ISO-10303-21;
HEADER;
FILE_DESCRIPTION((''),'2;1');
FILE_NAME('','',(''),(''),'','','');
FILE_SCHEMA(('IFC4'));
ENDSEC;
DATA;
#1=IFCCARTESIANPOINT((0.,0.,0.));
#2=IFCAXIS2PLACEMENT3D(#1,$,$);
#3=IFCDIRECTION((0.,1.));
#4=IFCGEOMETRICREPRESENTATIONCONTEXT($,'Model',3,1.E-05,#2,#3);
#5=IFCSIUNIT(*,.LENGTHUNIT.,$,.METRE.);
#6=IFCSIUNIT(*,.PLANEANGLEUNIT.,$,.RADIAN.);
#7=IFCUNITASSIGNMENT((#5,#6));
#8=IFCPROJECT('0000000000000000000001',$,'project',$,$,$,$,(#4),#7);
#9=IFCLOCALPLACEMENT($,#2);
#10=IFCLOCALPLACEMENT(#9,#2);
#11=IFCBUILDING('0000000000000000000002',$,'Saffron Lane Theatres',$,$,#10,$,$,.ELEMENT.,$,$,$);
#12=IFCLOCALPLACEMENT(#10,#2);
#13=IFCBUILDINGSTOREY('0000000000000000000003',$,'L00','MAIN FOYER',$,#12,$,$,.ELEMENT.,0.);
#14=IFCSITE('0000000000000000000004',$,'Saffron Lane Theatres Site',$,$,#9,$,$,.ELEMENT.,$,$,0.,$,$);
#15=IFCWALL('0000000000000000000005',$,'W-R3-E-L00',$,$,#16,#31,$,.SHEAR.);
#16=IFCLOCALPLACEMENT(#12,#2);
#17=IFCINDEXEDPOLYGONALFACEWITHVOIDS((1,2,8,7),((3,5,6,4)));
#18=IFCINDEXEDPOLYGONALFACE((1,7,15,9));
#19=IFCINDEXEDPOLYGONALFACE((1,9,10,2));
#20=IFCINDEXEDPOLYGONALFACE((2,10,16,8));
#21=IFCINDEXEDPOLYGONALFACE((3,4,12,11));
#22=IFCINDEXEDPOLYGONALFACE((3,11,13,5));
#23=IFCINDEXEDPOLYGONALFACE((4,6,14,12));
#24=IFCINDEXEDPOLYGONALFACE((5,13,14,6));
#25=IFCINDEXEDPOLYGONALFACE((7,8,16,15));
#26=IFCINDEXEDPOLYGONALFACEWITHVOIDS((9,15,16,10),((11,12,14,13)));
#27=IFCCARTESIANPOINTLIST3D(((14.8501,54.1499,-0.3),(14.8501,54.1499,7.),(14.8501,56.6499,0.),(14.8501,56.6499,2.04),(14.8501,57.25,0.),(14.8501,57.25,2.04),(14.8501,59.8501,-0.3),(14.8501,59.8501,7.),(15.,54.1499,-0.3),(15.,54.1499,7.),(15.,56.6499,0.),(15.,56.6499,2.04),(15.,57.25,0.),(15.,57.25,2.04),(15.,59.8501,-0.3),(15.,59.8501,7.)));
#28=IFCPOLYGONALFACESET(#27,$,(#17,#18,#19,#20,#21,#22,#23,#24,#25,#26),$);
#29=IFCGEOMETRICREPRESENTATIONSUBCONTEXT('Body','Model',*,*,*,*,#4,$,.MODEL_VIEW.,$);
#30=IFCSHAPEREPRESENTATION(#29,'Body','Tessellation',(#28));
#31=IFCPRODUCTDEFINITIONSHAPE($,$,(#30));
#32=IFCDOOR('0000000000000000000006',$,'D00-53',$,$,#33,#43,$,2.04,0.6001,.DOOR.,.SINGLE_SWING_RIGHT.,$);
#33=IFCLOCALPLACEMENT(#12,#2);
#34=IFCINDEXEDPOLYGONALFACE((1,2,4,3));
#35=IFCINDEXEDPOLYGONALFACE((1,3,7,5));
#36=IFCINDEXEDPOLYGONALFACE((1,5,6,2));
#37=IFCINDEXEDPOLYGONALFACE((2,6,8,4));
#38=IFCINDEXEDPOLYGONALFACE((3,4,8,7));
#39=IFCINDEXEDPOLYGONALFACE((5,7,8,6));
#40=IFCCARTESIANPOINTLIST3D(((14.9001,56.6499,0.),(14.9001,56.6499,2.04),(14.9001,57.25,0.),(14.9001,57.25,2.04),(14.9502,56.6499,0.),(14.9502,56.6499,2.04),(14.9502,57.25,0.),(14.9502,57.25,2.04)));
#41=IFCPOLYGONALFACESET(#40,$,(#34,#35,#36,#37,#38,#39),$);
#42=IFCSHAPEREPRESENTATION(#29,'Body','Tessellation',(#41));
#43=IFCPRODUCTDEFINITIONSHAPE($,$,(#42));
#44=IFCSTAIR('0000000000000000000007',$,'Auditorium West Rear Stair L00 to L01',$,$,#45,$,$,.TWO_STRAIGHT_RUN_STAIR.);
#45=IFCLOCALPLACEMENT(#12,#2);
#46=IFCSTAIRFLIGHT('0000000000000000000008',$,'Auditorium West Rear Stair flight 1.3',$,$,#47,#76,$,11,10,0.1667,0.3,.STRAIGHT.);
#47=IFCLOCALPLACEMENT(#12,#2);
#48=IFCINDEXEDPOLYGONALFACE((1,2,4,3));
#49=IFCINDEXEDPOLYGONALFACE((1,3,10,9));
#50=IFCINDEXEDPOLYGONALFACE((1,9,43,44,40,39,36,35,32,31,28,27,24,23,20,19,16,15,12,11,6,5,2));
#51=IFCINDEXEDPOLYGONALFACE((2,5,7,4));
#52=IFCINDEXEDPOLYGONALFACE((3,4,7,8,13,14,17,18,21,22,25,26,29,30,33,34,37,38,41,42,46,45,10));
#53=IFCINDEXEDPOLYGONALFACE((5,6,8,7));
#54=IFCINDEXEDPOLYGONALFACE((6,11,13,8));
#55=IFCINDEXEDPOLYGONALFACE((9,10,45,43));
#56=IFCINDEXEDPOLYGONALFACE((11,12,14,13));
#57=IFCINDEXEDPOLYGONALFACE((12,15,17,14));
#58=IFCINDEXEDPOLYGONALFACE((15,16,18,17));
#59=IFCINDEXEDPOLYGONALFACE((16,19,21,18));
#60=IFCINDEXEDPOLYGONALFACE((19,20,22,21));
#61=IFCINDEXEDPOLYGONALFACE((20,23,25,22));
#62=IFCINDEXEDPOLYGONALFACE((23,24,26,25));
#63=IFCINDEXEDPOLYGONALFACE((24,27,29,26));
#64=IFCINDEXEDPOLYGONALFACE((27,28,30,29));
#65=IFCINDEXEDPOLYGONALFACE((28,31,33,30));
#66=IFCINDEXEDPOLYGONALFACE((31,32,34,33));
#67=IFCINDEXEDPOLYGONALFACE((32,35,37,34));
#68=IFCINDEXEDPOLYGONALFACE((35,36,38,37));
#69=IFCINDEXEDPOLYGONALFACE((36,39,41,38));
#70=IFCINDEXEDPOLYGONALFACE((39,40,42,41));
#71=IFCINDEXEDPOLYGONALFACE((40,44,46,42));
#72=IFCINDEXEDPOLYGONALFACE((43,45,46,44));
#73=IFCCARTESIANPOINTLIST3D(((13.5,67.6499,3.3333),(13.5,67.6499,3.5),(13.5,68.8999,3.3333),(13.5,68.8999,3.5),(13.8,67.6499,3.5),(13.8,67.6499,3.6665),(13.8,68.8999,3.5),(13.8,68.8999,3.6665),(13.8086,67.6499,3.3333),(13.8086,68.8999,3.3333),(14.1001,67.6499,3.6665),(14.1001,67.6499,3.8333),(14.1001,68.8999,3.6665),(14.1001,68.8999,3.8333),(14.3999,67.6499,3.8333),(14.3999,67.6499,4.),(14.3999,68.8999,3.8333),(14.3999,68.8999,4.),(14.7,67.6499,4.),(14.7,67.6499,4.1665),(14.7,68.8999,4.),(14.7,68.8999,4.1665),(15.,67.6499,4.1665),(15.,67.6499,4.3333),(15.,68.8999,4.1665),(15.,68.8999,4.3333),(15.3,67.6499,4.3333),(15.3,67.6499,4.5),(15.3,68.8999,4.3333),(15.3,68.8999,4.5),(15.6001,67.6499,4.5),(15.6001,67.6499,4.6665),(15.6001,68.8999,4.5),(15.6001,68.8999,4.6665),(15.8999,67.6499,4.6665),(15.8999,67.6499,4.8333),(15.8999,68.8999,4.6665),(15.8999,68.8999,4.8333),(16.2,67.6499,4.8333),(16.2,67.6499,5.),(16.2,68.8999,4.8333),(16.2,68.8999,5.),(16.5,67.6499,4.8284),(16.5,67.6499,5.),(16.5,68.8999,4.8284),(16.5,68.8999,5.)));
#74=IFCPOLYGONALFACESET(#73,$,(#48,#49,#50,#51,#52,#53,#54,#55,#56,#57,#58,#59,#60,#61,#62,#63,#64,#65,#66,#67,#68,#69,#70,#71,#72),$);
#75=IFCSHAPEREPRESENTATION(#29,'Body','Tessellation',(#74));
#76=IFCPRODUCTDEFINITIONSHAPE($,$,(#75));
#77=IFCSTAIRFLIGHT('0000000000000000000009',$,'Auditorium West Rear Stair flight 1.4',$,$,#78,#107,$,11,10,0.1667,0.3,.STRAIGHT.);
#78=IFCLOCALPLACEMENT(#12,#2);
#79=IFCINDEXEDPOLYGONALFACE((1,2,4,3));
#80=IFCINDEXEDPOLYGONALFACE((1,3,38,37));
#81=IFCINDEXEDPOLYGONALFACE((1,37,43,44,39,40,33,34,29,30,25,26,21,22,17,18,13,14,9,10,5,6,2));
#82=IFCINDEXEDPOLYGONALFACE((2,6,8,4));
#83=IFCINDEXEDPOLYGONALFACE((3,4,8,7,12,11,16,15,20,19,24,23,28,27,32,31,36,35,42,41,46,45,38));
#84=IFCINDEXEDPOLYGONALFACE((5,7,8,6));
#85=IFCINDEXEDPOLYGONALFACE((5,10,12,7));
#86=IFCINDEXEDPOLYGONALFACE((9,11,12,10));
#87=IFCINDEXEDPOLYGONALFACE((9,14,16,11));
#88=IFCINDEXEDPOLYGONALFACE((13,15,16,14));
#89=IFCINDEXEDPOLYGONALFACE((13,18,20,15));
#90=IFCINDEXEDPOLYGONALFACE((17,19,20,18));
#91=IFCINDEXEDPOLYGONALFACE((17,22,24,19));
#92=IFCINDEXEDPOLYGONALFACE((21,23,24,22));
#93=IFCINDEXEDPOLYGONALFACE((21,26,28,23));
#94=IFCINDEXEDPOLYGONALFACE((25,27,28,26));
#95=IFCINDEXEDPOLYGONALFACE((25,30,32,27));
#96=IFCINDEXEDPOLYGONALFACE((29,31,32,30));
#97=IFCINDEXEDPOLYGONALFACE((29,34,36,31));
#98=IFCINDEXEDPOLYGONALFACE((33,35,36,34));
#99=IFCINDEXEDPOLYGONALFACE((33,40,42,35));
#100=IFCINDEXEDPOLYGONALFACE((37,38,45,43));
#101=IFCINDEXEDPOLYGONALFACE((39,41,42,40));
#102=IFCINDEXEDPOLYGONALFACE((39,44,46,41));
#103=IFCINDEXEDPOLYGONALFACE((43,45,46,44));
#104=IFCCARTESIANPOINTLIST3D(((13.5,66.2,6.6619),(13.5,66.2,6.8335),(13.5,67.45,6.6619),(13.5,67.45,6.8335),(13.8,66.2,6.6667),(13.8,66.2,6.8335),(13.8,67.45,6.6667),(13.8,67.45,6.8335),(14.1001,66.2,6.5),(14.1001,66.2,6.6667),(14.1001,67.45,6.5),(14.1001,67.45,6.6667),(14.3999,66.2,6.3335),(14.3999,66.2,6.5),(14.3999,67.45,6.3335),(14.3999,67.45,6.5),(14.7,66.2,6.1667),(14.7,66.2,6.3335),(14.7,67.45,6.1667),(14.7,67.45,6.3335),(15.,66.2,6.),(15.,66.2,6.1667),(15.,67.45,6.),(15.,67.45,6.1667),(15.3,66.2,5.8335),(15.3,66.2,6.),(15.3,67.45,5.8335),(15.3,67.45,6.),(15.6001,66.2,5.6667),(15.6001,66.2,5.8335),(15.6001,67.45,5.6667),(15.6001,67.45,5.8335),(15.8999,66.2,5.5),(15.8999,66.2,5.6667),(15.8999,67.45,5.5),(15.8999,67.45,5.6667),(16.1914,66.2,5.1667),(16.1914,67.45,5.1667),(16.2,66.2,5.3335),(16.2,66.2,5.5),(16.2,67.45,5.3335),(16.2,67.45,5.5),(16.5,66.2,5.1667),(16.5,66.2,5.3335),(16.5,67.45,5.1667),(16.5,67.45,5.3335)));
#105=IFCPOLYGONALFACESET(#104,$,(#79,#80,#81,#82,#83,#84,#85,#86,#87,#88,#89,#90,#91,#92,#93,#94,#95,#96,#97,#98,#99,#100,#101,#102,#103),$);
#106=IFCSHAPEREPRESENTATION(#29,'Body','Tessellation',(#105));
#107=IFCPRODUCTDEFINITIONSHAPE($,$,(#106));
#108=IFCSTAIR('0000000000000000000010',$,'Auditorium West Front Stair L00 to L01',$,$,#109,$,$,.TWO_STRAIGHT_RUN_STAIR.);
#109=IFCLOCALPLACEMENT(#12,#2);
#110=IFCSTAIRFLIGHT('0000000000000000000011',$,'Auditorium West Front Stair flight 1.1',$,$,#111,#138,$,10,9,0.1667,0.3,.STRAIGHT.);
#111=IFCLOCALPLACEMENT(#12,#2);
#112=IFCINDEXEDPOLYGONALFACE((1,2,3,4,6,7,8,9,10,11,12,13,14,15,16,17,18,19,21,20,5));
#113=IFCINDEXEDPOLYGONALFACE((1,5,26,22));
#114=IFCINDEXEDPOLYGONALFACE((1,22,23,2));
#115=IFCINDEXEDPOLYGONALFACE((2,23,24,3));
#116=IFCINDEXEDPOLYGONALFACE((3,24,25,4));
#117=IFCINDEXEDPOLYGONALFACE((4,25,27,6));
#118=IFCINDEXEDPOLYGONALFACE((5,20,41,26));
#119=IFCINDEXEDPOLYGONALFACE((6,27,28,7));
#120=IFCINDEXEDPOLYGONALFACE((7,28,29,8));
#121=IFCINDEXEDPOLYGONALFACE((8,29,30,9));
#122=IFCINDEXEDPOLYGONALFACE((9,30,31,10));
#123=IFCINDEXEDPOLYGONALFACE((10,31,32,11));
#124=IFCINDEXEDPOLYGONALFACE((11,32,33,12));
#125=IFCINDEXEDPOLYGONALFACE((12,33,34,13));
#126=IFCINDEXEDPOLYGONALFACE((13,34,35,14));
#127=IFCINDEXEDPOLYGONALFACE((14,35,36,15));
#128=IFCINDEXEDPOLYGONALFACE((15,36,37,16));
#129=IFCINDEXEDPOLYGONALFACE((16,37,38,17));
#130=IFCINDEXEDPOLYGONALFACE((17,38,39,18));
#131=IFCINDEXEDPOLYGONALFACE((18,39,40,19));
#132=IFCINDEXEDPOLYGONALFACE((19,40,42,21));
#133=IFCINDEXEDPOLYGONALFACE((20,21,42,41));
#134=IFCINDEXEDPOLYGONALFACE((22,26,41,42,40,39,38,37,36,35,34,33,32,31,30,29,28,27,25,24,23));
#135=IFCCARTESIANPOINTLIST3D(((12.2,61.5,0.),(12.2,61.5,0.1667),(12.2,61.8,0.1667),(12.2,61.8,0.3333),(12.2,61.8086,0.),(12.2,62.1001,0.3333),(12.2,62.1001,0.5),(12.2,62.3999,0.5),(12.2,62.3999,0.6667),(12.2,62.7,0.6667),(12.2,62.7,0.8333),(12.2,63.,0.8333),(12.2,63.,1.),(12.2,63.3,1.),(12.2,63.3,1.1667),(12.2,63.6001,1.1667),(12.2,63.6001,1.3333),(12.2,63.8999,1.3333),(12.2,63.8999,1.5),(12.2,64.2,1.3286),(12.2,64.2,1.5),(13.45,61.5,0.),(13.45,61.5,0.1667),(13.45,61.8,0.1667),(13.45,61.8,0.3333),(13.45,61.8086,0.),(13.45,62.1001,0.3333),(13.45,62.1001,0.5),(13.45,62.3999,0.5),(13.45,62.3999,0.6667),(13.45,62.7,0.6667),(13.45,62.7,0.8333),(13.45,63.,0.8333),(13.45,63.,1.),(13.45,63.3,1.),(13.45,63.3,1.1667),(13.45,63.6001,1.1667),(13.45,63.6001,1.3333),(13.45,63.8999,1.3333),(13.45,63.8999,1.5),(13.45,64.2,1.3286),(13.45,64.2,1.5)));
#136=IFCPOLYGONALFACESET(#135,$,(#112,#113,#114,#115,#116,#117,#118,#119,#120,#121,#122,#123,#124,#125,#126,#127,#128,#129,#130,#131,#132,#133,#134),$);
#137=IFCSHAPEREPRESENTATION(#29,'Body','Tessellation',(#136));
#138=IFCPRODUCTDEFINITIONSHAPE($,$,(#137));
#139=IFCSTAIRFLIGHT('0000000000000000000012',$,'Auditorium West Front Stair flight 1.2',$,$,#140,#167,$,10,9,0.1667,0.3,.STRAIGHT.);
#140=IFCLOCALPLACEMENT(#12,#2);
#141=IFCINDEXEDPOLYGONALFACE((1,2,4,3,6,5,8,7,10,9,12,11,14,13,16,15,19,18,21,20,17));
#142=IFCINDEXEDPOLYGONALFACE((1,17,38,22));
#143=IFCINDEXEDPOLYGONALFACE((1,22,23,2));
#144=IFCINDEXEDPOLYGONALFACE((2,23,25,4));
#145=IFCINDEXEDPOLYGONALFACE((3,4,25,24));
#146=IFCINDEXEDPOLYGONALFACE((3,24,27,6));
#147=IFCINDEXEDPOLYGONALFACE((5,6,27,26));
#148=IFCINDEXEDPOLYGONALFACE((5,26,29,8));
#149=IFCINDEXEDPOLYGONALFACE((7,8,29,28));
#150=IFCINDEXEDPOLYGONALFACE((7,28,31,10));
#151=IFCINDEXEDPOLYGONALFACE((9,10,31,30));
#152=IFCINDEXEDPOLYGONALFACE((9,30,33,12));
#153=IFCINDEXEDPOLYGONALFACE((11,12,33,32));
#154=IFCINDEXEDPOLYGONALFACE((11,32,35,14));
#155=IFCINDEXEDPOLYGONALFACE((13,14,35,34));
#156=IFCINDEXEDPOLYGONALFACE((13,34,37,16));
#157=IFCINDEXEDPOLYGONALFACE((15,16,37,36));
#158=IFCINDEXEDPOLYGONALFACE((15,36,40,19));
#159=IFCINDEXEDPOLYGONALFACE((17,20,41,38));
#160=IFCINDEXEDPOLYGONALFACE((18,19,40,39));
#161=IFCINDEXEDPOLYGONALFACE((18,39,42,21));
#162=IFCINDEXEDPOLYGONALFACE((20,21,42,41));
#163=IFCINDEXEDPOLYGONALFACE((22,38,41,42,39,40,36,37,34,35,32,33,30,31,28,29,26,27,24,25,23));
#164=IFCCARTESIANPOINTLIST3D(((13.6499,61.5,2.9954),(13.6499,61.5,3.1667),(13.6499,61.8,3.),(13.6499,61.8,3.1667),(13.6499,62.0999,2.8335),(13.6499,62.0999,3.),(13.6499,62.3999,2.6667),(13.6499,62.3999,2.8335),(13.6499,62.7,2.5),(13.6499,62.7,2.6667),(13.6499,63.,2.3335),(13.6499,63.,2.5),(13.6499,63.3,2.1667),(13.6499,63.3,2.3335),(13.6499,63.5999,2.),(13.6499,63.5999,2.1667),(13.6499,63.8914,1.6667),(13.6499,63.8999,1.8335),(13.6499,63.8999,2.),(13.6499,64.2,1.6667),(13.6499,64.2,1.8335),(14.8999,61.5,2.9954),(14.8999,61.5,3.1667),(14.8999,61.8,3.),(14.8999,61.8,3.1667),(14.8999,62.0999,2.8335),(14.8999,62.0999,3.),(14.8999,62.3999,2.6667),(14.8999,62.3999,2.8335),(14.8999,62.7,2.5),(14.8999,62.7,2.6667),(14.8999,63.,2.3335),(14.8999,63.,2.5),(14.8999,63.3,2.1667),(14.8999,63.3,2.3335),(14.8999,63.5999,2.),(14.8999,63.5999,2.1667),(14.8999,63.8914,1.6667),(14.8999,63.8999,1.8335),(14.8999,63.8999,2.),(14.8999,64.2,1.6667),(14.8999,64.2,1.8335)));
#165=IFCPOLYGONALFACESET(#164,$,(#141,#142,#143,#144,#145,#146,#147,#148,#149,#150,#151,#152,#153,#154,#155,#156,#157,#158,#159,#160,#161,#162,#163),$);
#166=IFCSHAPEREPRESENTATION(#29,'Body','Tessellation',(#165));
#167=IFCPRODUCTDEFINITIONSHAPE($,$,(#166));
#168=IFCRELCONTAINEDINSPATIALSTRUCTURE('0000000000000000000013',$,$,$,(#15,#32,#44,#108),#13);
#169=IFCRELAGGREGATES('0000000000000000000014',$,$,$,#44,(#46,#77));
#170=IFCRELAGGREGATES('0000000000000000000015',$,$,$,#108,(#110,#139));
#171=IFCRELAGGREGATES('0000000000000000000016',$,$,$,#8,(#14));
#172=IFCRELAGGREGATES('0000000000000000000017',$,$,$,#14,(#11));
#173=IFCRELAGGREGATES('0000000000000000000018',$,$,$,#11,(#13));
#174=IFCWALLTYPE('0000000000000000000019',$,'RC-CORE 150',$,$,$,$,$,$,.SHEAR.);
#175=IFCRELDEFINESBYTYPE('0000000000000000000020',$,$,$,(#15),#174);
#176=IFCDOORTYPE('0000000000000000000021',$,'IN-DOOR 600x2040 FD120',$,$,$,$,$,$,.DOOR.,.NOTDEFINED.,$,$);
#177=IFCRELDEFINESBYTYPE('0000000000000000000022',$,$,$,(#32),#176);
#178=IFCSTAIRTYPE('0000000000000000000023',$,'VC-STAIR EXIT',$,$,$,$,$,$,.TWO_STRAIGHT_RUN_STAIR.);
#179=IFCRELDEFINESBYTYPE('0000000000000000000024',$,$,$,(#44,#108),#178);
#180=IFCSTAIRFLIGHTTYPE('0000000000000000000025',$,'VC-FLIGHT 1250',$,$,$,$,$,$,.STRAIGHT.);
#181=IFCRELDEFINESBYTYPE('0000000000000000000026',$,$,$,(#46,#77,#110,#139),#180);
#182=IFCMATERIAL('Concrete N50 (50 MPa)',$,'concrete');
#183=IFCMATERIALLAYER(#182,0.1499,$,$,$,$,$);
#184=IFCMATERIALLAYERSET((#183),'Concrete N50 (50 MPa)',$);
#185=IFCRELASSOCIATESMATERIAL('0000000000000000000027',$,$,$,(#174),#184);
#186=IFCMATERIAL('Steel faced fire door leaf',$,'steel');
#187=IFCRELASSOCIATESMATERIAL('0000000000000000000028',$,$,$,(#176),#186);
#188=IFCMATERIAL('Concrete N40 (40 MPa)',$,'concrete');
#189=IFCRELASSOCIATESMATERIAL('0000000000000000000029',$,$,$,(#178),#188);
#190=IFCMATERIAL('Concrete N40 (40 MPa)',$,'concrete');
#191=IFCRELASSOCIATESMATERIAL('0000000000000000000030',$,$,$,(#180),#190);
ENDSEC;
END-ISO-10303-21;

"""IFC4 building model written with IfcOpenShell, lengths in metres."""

from ifc_helpers import new_model, si_unit, direction, frame, frame_2d, origin, place, context, subcontext, project, spatial, polyline, rectangle, outline, extrude, material, layer, layer_set, type_object, element, fill, aggregate, save


model = new_model("IFC4")

# Units and contexts
model_context = context("Model", 3, precision=1e-05, world=origin(), true_north=direction((0.0, 1.0)))
body_context = subcontext(model_context, "Body", "Model", "MODEL_VIEW")
ifc_project = project(units=[si_unit("LENGTHUNIT", "METRE"), si_unit("PLANEANGLEUNIT", "RADIAN")], contexts=[model_context])

# Site, building, storey
site_placement = place(None, origin())
site = spatial("IfcSite", under=ifc_project, at=site_placement, Name="Saffron Lane Theatres Site", CompositionType="ELEMENT", RefElevation=0.0)
building_placement = place(site_placement, origin())
building = spatial("IfcBuilding", under=site, at=building_placement, Name="Saffron Lane Theatres", CompositionType="ELEMENT")
storey_placement = place(building_placement, origin())
storey = spatial("IfcBuildingStorey", under=building, at=storey_placement, Name="L00", Description="MAIN FOYER", CompositionType="ELEMENT", Elevation=0.0)

# Wall, opening, door
ifc_material_1 = material(Name="Concrete N50 (50 MPa)", Category="concrete")
ifc_layer = layer(ifc_material_1, 0.1499)
ifc_layer_set = layer_set([ifc_layer], Name="Concrete N50 (50 MPa)")
wall_type = type_object("IfcWallType", Name="RC-CORE 150", PredefinedType="SHEAR", material=ifc_layer_set)
wall_placement = place(storey_placement, frame((14.925, 54.1499, -0.3), z_axis=(0.0, 0.0, 1.0), x_axis=(0.0, 1.0, 0.0)))
wall = element("IfcWall", 1, at=wall_placement, inside=storey, type_object=wall_type, Name="W-R3-E-L00", PredefinedType="SHEAR", context=body_context, shape_type="SweptSolid", body=[
    extrude(rectangle(XDim=5.7002, YDim=0.1499, at=frame_2d((2.8501, 0.0))), origin(), (0.0, 0.0, 1.0), 7.3),
])
opening_placement = place(wall_placement, frame((2.5, 0.0, 0.3)))
opening = element("IfcOpeningElement", 2, at=opening_placement, cuts=wall, PredefinedType="OPENING", context=body_context, shape_type="SweptSolid", body=[
    extrude(rectangle(XDim=0.6001, YDim=2.04, at=frame_2d((0.3, 1.02))), frame((0.0, 0.085, 0.0), z_axis=(0.0, -1.0, 0.0), x_axis=(1.0, 0.0, 0.0)), (0.0, 0.0, 1.0), 0.1699),
])
ifc_material_2 = material(Name="Steel faced fire door leaf", Category="steel")
door_type = type_object("IfcDoorType", Name="IN-DOOR 600x2040 FD120", OperationType="NOTDEFINED", PredefinedType="DOOR", material=ifc_material_2)
door_placement = place(opening_placement, origin())
door = element("IfcDoor", 3, at=door_placement, inside=storey, type_object=door_type, Name="D00-53", OperationType="SINGLE_SWING_RIGHT", OverallHeight=2.04, OverallWidth=0.6001, PredefinedType="DOOR", context=body_context, shape_type="SweptSolid", body=[
    extrude(rectangle(XDim=0.6001, YDim=2.04, at=frame_2d((0.3, 1.02))), frame((0.0, 0.0249, 0.0), z_axis=(0.0, -1.0, 0.0), x_axis=(1.0, 0.0, 0.0)), (0.0, 0.0, 1.0), 0.05),
])
fill(opening, door)

# Stairs, stair flights
ifc_material_3 = material(Name="Concrete N40 (40 MPa)", Category="concrete")
stair_type = type_object("IfcStairType", Name="VC-STAIR EXIT", PredefinedType="TWO_STRAIGHT_RUN_STAIR", material=ifc_material_3)
stair_1_placement = place(storey_placement, origin())
stair_1 = element("IfcStair", 4, at=stair_1_placement, inside=storey, type_object=stair_type, Name="Auditorium West Rear Stair L00 to L01", PredefinedType="TWO_STRAIGHT_RUN_STAIR")
ifc_material_4 = material(Name="Concrete N40 (40 MPa)", Category="concrete")
stair_flight_type = type_object("IfcStairFlightType", Name="VC-FLIGHT 1250", PredefinedType="STRAIGHT", material=ifc_material_4)
stair_flight_1_placement = place(storey_placement, frame((13.5, 68.2749, 3.3333), z_axis=(0.0, 0.0, 1.0), x_axis=(1.0, 0.0, 0.0)))
stair_flight_1 = element("IfcStairFlight", 5, at=stair_flight_1_placement, type_object=stair_flight_type, Name="Auditorium West Rear Stair flight 1.3", NumberOfRisers=11, NumberOfTreads=10, PredefinedType="STRAIGHT", RiserHeight=0.1667, TreadLength=0.3, context=body_context, shape_type="SweptSolid", body=[
    extrude(outline(polyline([(0.0, 0.0), (0.0, 0.1667), (0.3, 0.1667), (0.3, 0.3333), (0.6001, 0.3333), (0.6001, 0.5), (0.8999, 0.5), (0.8999, 0.6667), (1.2, 0.6667), (1.2, 0.8333), (1.5, 0.8333), (1.5, 1.0), (1.8, 1.0), (1.8, 1.1667), (2.1001, 1.1667), (2.1001, 1.3333), (2.3999, 1.3333), (2.3999, 1.5), (2.7, 1.5), (2.7, 1.6667), (3.0, 1.6667), (3.0, 1.8333), (3.0, 1.4951), (0.3086, 0.0), (0.0, 0.0)])), frame((0.0, 0.625, 0.0), z_axis=(0.0, -1.0, 0.0), x_axis=(1.0, 0.0, 0.0)), (0.0, 0.0, 1.0), 1.25),
])
stair_flight_2_placement = place(storey_placement, frame((16.5, 66.825, 5.1667), z_axis=(0.0, 0.0, 1.0), x_axis=(-1.0, 0.0, 0.0)))
stair_flight_2 = element("IfcStairFlight", 6, at=stair_flight_2_placement, type_object=stair_flight_type, Name="Auditorium West Rear Stair flight 1.4", NumberOfRisers=11, NumberOfTreads=10, PredefinedType="STRAIGHT", RiserHeight=0.1667, TreadLength=0.3, context=body_context, shape_type="SweptSolid", body=[
    extrude(outline(polyline([(0.0, 0.0), (0.0, 0.1667), (0.3, 0.1667), (0.3, 0.3333), (0.6001, 0.3333), (0.6001, 0.5), (0.8999, 0.5), (0.8999, 0.6667), (1.2, 0.6667), (1.2, 0.8333), (1.5, 0.8333), (1.5, 1.0), (1.8, 1.0), (1.8, 1.1667), (2.1001, 1.1667), (2.1001, 1.3333), (2.3999, 1.3333), (2.3999, 1.5), (2.7, 1.5), (2.7, 1.6667), (3.0, 1.6667), (3.0, 1.8333), (3.0, 1.4951), (0.3086, 0.0), (0.0, 0.0)])), frame((0.0, 0.625, 0.0), z_axis=(0.0, -1.0, 0.0), x_axis=(1.0, 0.0, 0.0)), (0.0, 0.0, 1.0), 1.25),
])
aggregate(stair_1, [stair_flight_1, stair_flight_2])
stair_2_placement = place(storey_placement, origin())
stair_2 = element("IfcStair", 7, at=stair_2_placement, inside=storey, type_object=stair_type, Name="Auditorium West Front Stair L00 to L01", PredefinedType="TWO_STRAIGHT_RUN_STAIR")
stair_flight_3_placement = place(storey_placement, frame((12.825, 61.5, 0.0), z_axis=(0.0, 0.0, 1.0), x_axis=(0.0, 1.0, 0.0)))
stair_flight_3 = element("IfcStairFlight", 8, at=stair_flight_3_placement, type_object=stair_flight_type, Name="Auditorium West Front Stair flight 1.1", NumberOfRisers=10, NumberOfTreads=9, PredefinedType="STRAIGHT", RiserHeight=0.1667, TreadLength=0.3, context=body_context, shape_type="SweptSolid", body=[
    extrude(outline(polyline([(0.0, 0.0), (0.0, 0.1667), (0.3, 0.1667), (0.3, 0.3333), (0.6001, 0.3333), (0.6001, 0.5), (0.8999, 0.5), (0.8999, 0.6667), (1.2, 0.6667), (1.2, 0.8333), (1.5, 0.8333), (1.5, 1.0), (1.8, 1.0), (1.8, 1.1667), (2.1001, 1.1667), (2.1001, 1.3333), (2.3999, 1.3333), (2.3999, 1.5), (2.7, 1.5), (2.7, 1.6667), (2.7, 1.3286), (0.3086, 0.0), (0.0, 0.0)])), frame((0.0, 0.625, 0.0), z_axis=(0.0, -1.0, 0.0), x_axis=(1.0, 0.0, 0.0)), (0.0, 0.0, 1.0), 1.25),
])
stair_flight_4_placement = place(storey_placement, frame((14.2749, 64.2, 1.6667), z_axis=(0.0, 0.0, 1.0), x_axis=(0.0, -1.0, 0.0)))
stair_flight_4 = element("IfcStairFlight", 9, at=stair_flight_4_placement, type_object=stair_flight_type, Name="Auditorium West Front Stair flight 1.2", NumberOfRisers=10, NumberOfTreads=9, PredefinedType="STRAIGHT", RiserHeight=0.1667, TreadLength=0.3, context=body_context, shape_type="SweptSolid", body=[
    extrude(outline(polyline([(0.0, 0.0), (0.0, 0.1667), (0.3, 0.1667), (0.3, 0.3333), (0.6001, 0.3333), (0.6001, 0.5), (0.8999, 0.5), (0.8999, 0.6667), (1.2, 0.6667), (1.2, 0.8333), (1.5, 0.8333), (1.5, 1.0), (1.8, 1.0), (1.8, 1.1667), (2.1001, 1.1667), (2.1001, 1.3333), (2.3999, 1.3333), (2.3999, 1.5), (2.7, 1.5), (2.7, 1.6667), (2.7, 1.3286), (0.3086, 0.0), (0.0, 0.0)])), frame((0.0, 0.625, 0.0), z_axis=(0.0, -1.0, 0.0), x_axis=(1.0, 0.0, 0.0)), (0.0, 0.0, 1.0), 1.25),
])
aggregate(stair_2, [stair_flight_3, stair_flight_4])

save(model, "model.ifc")
